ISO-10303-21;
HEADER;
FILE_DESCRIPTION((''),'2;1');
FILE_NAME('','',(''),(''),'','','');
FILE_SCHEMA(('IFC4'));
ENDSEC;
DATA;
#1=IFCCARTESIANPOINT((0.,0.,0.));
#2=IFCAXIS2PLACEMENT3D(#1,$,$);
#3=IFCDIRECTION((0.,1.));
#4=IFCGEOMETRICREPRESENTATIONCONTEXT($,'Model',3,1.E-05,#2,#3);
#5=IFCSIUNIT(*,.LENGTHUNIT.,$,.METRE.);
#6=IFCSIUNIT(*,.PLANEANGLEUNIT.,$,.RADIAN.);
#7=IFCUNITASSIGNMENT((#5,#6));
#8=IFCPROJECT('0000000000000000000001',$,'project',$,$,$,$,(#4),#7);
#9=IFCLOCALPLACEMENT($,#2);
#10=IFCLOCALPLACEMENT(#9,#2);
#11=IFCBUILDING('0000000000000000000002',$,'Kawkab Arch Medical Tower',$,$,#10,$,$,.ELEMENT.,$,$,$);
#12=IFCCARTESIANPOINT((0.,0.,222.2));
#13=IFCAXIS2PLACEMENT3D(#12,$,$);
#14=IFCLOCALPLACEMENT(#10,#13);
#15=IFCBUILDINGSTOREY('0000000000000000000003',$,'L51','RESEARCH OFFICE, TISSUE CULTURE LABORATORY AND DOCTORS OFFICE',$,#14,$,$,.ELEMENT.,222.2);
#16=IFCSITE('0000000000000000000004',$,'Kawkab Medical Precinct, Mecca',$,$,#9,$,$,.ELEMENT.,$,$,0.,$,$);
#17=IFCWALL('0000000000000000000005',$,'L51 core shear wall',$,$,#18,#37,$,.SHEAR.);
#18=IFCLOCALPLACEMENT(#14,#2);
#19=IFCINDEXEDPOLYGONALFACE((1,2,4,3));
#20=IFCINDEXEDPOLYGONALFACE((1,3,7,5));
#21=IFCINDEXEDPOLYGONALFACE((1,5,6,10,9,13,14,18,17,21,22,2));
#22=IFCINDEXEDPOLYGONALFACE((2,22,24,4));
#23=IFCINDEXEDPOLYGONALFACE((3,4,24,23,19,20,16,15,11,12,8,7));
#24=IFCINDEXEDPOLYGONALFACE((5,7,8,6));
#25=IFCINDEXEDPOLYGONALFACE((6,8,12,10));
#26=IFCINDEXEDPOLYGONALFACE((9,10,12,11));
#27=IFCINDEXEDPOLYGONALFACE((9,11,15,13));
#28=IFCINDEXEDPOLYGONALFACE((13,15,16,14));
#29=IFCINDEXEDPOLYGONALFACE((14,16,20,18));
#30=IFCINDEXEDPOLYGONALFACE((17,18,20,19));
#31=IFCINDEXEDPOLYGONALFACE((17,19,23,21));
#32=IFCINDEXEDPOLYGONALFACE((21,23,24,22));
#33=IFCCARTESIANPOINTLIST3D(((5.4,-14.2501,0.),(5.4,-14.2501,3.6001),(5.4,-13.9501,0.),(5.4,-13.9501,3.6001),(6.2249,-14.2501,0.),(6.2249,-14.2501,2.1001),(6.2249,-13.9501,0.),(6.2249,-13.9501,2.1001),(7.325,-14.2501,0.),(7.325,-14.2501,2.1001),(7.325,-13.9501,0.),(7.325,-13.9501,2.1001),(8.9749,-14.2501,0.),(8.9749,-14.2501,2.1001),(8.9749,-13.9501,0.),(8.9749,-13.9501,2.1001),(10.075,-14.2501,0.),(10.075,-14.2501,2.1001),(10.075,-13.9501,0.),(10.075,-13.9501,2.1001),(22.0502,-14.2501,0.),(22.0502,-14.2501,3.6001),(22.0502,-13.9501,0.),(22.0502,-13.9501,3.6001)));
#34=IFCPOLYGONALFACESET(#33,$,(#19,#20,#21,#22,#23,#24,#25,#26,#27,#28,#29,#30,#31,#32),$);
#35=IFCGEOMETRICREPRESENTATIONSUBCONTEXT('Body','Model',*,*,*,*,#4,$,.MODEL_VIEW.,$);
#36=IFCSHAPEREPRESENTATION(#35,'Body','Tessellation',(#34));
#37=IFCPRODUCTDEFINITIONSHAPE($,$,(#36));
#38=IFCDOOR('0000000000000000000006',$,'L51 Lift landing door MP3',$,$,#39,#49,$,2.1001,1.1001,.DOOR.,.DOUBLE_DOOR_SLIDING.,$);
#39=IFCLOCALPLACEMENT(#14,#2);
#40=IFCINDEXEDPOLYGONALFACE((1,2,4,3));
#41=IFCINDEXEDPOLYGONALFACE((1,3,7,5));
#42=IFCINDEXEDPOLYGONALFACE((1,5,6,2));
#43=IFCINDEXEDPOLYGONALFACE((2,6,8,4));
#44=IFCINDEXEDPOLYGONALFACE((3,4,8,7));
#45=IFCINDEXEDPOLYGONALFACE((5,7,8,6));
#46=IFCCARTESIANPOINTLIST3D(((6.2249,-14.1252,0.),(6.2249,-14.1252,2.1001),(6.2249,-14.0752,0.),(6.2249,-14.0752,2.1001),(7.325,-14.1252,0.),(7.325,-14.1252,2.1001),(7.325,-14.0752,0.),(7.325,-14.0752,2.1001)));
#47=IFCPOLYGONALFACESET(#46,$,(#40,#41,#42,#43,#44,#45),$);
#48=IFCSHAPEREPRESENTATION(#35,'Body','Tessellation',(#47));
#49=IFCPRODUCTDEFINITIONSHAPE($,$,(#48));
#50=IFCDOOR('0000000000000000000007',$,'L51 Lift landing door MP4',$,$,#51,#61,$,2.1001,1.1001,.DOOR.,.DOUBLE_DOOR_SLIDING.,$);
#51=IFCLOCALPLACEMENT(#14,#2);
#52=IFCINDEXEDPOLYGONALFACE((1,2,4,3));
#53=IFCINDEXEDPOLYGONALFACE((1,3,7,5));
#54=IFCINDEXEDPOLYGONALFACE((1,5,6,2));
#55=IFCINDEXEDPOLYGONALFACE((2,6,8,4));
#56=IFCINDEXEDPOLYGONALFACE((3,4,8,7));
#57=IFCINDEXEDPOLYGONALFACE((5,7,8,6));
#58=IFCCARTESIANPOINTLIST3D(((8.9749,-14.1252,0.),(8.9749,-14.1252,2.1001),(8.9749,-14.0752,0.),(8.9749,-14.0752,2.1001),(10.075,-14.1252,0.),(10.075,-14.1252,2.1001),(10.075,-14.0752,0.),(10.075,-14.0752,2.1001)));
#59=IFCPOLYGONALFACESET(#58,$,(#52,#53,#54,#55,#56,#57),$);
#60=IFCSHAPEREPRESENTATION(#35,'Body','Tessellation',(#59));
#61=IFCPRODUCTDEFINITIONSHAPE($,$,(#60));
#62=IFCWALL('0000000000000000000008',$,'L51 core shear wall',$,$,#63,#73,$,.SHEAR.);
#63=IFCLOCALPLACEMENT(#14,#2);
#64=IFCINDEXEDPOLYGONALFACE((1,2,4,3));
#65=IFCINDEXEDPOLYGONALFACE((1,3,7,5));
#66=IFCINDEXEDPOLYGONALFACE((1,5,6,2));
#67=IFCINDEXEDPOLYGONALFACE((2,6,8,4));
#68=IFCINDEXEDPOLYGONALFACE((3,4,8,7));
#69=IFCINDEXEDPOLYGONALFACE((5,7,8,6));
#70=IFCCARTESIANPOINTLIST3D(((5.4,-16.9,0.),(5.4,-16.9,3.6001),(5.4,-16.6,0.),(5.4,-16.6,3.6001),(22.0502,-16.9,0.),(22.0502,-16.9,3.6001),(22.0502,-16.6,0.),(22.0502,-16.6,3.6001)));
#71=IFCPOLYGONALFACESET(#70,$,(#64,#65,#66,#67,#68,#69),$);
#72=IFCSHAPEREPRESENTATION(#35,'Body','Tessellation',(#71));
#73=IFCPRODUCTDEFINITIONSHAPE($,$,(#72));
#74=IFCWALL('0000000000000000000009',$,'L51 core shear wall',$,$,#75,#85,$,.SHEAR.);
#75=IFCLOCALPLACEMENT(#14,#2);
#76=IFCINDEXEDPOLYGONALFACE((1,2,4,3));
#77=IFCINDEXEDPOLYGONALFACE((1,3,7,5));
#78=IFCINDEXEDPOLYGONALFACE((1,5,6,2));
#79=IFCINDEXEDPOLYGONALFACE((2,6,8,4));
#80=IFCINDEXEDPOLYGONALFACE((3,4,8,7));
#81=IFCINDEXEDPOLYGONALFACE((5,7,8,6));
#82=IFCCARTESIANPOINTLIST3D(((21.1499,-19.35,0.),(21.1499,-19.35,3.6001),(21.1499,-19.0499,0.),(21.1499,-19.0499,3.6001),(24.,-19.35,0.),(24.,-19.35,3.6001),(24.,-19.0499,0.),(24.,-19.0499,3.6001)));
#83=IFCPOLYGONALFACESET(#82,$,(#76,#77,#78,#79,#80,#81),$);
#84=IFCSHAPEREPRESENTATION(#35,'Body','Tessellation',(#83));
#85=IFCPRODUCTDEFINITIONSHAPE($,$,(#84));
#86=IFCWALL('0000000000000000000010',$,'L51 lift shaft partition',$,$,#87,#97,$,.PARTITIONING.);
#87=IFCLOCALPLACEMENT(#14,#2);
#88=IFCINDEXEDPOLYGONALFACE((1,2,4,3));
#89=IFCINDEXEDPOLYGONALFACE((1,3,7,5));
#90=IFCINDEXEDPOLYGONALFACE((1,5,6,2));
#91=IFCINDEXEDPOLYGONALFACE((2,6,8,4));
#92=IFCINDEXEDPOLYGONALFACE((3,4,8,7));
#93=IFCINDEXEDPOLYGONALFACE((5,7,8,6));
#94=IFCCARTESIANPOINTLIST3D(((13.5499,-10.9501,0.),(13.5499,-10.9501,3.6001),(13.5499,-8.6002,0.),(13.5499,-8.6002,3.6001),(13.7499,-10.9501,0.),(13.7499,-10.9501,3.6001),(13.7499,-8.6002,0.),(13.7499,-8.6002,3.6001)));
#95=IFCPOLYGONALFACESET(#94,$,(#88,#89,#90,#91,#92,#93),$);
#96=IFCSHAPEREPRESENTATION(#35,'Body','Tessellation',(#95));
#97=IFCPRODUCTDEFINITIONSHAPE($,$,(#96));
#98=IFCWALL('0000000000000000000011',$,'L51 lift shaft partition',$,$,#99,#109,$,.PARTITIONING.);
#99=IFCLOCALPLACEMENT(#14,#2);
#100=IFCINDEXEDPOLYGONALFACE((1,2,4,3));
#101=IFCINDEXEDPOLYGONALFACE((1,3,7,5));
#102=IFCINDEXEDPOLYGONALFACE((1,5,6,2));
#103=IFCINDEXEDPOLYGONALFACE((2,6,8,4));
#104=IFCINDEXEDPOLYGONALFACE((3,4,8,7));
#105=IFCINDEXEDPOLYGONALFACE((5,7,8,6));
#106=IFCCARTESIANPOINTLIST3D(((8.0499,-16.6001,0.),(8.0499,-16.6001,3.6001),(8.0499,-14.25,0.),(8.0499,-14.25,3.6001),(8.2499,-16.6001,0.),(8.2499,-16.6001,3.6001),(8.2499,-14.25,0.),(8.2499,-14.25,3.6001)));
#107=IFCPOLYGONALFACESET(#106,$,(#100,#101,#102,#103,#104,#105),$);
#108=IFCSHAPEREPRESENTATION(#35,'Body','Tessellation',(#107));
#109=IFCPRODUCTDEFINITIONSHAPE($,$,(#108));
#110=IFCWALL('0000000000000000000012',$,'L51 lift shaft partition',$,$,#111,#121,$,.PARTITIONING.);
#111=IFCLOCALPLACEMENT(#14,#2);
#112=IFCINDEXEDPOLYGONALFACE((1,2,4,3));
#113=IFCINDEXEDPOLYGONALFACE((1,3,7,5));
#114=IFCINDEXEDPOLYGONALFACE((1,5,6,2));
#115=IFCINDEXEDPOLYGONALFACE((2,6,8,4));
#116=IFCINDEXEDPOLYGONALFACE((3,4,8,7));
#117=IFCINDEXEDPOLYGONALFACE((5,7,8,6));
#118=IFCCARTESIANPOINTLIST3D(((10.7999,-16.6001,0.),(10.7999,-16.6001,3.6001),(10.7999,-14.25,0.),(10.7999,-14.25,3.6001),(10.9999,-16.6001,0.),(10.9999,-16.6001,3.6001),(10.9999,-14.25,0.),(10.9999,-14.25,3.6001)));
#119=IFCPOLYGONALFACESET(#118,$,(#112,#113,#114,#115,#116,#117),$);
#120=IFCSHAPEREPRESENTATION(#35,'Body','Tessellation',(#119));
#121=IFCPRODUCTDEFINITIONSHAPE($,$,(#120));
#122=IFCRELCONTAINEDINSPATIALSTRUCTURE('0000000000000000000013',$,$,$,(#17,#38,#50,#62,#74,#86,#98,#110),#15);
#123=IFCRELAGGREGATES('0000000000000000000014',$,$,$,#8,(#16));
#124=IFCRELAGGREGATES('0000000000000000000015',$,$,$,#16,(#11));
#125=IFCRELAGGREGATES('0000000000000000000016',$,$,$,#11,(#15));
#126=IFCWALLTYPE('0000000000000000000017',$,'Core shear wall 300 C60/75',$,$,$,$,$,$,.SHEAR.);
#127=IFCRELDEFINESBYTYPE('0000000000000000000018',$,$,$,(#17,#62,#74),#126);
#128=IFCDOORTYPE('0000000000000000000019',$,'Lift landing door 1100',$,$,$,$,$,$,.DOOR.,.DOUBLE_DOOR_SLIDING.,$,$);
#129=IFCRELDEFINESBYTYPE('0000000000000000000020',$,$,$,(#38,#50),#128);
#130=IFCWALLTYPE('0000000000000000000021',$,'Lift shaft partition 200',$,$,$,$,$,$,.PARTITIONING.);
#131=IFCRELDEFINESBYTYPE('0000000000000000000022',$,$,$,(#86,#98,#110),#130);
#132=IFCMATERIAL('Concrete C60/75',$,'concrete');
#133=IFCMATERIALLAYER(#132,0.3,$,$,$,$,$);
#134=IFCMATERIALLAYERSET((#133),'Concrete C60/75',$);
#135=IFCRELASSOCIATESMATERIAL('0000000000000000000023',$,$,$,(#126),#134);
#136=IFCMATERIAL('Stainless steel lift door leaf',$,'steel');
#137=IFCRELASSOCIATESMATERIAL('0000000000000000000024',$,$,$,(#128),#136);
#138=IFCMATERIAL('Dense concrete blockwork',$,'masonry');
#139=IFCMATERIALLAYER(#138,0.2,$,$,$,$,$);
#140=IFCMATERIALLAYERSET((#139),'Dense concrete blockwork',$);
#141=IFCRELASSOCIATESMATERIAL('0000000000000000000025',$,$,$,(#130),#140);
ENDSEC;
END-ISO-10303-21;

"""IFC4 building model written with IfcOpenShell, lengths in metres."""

from ifc_helpers import new_model, si_unit, direction, frame, frame_2d, origin, place, context, subcontext, project, spatial, rectangle, extrude, material, layer, layer_set, type_object, element, fill, save


model = new_model("IFC4")

# Units and contexts
model_context = context("Model", 3, precision=1e-05, world=origin(), true_north=direction((0.0, 1.0)))
body_context = subcontext(model_context, "Body", "Model", "MODEL_VIEW")
ifc_project = project(units=[si_unit("LENGTHUNIT", "METRE"), si_unit("PLANEANGLEUNIT", "RADIAN")], contexts=[model_context])

# Site, building, storey
site_placement = place(None, origin())
site = spatial("IfcSite", under=ifc_project, at=site_placement, Name="Kawkab Medical Precinct, Mecca", CompositionType="ELEMENT", RefElevation=0.0)
building_placement = place(site_placement, origin())
building = spatial("IfcBuilding", under=site, at=building_placement, Name="Kawkab Arch Medical Tower", CompositionType="ELEMENT")
storey_placement = place(building_placement, frame((0.0, 0.0, 222.2)))
storey = spatial("IfcBuildingStorey", under=building, at=storey_placement, Name="L51", Description="RESEARCH OFFICE, TISSUE CULTURE LABORATORY AND DOCTORS OFFICE", CompositionType="ELEMENT", Elevation=222.2)

# Wall, openings, doors
ifc_material_1 = material(Name="Concrete C60/75", Category="concrete")
ifc_layer_1 = layer(ifc_material_1, 0.3)
ifc_layer_set_1 = layer_set([ifc_layer_1], Name="Concrete C60/75")
wall_type_1 = type_object("IfcWallType", Name="Core shear wall 300 C60/75", PredefinedType="SHEAR", material=ifc_layer_set_1)
ifc_material_2 = material(Name="Stainless steel lift door leaf", Category="steel")
door_type_1 = type_object("IfcDoorType", Name="Lift landing door 1100", OperationType="DOUBLE_DOOR_SLIDING", PredefinedType="DOOR", material=ifc_material_2)
wall_1_placement = place(storey_placement, frame((5.3999, -14.1001, 0.0), z_axis=(0.0, 0.0, 1.0), x_axis=(1.0, 0.0, 0.0)))
wall_1 = element("IfcWall", 1, at=wall_1_placement, inside=storey, type_object=wall_type_1, Name="L51 core shear wall", PredefinedType="SHEAR", context=body_context, shape_type="SweptSolid", body=[
    extrude(rectangle(XDim=16.6501, YDim=0.3, at=frame_2d((8.3252, 0.0))), origin(), (0.0, 0.0, 1.0), 3.6001),
])
opening_1_placement = place(wall_1_placement, frame((0.825, 0.0, 0.0)))
opening_1 = element("IfcOpeningElement", 2, at=opening_1_placement, cuts=wall_1, PredefinedType="OPENING", context=body_context, shape_type="SweptSolid", body=[
    extrude(rectangle(XDim=1.1001, YDim=2.1001, at=frame_2d((0.55, 1.05))), frame((0.0, 0.1599, 0.0), z_axis=(0.0, -1.0, 0.0), x_axis=(1.0, 0.0, 0.0)), (0.0, 0.0, 1.0), 0.3201),
])
opening_2_placement = place(wall_1_placement, frame((3.575, 0.0, 0.0)))
opening_2 = element("IfcOpeningElement", 3, at=opening_2_placement, cuts=wall_1, PredefinedType="OPENING", context=body_context, shape_type="SweptSolid", body=[
    extrude(rectangle(XDim=1.1001, YDim=2.1001, at=frame_2d((0.55, 1.05))), frame((0.0, 0.1599, 0.0), z_axis=(0.0, -1.0, 0.0), x_axis=(1.0, 0.0, 0.0)), (0.0, 0.0, 1.0), 0.3201),
])
door_1_placement = place(opening_1_placement, origin())
door_1 = element("IfcDoor", 4, at=door_1_placement, inside=storey, type_object=door_type_1, Name="L51 Lift landing door MP3", OperationType="DOUBLE_DOOR_SLIDING", OverallHeight=2.1001, OverallWidth=1.1001, PredefinedType="DOOR", context=body_context, shape_type="SweptSolid", body=[
    extrude(rectangle(XDim=1.1001, YDim=2.1001, at=frame_2d((0.55, 1.05))), frame((0.0, 0.0249, 0.0), z_axis=(0.0, -1.0, 0.0), x_axis=(1.0, 0.0, 0.0)), (0.0, 0.0, 1.0), 0.05),
])
fill(opening_1, door_1)
door_2_placement = place(opening_2_placement, origin())
door_2 = element("IfcDoor", 5, at=door_2_placement, inside=storey, type_object=door_type_1, Name="L51 Lift landing door MP4", OperationType="DOUBLE_DOOR_SLIDING", OverallHeight=2.1001, OverallWidth=1.1001, PredefinedType="DOOR", context=body_context, shape_type="SweptSolid", body=[
    extrude(rectangle(XDim=1.1001, YDim=2.1001, at=frame_2d((0.55, 1.05))), frame((0.0, 0.0249, 0.0), z_axis=(0.0, -1.0, 0.0), x_axis=(1.0, 0.0, 0.0)), (0.0, 0.0, 1.0), 0.05),
])
fill(opening_2, door_2)

# Walls
wall_2_placement = place(storey_placement, frame((5.3999, -16.75, 0.0), z_axis=(0.0, 0.0, 1.0), x_axis=(1.0, 0.0, 0.0)))
element("IfcWall", 6, at=wall_2_placement, inside=storey, type_object=wall_type_1, Name="L51 core shear wall", PredefinedType="SHEAR", context=body_context, shape_type="SweptSolid", body=[
    extrude(rectangle(XDim=16.6501, YDim=0.3, at=frame_2d((8.3252, 0.0))), origin(), (0.0, 0.0, 1.0), 3.6001),
])
wall_3_placement = place(storey_placement, frame((21.1499, -19.2, 0.0), z_axis=(0.0, 0.0, 1.0), x_axis=(1.0, 0.0, 0.0)))
element("IfcWall", 7, at=wall_3_placement, inside=storey, type_object=wall_type_1, Name="L51 core shear wall", PredefinedType="SHEAR", context=body_context, shape_type="SweptSolid", body=[
    extrude(rectangle(XDim=2.8501, YDim=0.3, at=frame_2d((1.425, 0.0))), origin(), (0.0, 0.0, 1.0), 3.6001),
])
ifc_material_3 = material(Name="Dense concrete blockwork", Category="masonry")
ifc_layer_2 = layer(ifc_material_3, 0.2)
ifc_layer_set_2 = layer_set([ifc_layer_2], Name="Dense concrete blockwork")
wall_type_2 = type_object("IfcWallType", Name="Lift shaft partition 200", PredefinedType="PARTITIONING", material=ifc_layer_set_2)
wall_4_placement = place(storey_placement, frame((13.6499, -10.95, 0.0), z_axis=(0.0, 0.0, 1.0), x_axis=(0.0, 1.0, 0.0)))
element("IfcWall", 8, at=wall_4_placement, inside=storey, type_object=wall_type_2, Name="L51 lift shaft partition", PredefinedType="PARTITIONING", context=body_context, shape_type="SweptSolid", body=[
    extrude(rectangle(XDim=2.3499, YDim=0.2, at=frame_2d((1.1748, 0.0))), origin(), (0.0, 0.0, 1.0), 3.6001),
])
for number, where, z_axis, x_axis, name in (
    (9, (8.1499, -16.6001, 0.0), (0.0, 0.0, 1.0), (0.0, 1.0, 0.0), "L51 lift shaft partition"),
    (10, (10.8999, -16.6001, 0.0), (0.0, 0.0, 1.0), (0.0, 1.0, 0.0), "L51 lift shaft partition"),
):
    element("IfcWall", number, at=place(storey_placement, frame(where, z_axis=z_axis, x_axis=x_axis)), inside=storey, type_object=wall_type_2, Name=name, PredefinedType="PARTITIONING", context=body_context, shape_type="SweptSolid", body=[
        extrude(rectangle(XDim=2.3501, YDim=0.2, at=frame_2d((1.175, 0.0))), origin(), (0.0, 0.0, 1.0), 3.6001),
    ])

save(model, "model.ifc")
